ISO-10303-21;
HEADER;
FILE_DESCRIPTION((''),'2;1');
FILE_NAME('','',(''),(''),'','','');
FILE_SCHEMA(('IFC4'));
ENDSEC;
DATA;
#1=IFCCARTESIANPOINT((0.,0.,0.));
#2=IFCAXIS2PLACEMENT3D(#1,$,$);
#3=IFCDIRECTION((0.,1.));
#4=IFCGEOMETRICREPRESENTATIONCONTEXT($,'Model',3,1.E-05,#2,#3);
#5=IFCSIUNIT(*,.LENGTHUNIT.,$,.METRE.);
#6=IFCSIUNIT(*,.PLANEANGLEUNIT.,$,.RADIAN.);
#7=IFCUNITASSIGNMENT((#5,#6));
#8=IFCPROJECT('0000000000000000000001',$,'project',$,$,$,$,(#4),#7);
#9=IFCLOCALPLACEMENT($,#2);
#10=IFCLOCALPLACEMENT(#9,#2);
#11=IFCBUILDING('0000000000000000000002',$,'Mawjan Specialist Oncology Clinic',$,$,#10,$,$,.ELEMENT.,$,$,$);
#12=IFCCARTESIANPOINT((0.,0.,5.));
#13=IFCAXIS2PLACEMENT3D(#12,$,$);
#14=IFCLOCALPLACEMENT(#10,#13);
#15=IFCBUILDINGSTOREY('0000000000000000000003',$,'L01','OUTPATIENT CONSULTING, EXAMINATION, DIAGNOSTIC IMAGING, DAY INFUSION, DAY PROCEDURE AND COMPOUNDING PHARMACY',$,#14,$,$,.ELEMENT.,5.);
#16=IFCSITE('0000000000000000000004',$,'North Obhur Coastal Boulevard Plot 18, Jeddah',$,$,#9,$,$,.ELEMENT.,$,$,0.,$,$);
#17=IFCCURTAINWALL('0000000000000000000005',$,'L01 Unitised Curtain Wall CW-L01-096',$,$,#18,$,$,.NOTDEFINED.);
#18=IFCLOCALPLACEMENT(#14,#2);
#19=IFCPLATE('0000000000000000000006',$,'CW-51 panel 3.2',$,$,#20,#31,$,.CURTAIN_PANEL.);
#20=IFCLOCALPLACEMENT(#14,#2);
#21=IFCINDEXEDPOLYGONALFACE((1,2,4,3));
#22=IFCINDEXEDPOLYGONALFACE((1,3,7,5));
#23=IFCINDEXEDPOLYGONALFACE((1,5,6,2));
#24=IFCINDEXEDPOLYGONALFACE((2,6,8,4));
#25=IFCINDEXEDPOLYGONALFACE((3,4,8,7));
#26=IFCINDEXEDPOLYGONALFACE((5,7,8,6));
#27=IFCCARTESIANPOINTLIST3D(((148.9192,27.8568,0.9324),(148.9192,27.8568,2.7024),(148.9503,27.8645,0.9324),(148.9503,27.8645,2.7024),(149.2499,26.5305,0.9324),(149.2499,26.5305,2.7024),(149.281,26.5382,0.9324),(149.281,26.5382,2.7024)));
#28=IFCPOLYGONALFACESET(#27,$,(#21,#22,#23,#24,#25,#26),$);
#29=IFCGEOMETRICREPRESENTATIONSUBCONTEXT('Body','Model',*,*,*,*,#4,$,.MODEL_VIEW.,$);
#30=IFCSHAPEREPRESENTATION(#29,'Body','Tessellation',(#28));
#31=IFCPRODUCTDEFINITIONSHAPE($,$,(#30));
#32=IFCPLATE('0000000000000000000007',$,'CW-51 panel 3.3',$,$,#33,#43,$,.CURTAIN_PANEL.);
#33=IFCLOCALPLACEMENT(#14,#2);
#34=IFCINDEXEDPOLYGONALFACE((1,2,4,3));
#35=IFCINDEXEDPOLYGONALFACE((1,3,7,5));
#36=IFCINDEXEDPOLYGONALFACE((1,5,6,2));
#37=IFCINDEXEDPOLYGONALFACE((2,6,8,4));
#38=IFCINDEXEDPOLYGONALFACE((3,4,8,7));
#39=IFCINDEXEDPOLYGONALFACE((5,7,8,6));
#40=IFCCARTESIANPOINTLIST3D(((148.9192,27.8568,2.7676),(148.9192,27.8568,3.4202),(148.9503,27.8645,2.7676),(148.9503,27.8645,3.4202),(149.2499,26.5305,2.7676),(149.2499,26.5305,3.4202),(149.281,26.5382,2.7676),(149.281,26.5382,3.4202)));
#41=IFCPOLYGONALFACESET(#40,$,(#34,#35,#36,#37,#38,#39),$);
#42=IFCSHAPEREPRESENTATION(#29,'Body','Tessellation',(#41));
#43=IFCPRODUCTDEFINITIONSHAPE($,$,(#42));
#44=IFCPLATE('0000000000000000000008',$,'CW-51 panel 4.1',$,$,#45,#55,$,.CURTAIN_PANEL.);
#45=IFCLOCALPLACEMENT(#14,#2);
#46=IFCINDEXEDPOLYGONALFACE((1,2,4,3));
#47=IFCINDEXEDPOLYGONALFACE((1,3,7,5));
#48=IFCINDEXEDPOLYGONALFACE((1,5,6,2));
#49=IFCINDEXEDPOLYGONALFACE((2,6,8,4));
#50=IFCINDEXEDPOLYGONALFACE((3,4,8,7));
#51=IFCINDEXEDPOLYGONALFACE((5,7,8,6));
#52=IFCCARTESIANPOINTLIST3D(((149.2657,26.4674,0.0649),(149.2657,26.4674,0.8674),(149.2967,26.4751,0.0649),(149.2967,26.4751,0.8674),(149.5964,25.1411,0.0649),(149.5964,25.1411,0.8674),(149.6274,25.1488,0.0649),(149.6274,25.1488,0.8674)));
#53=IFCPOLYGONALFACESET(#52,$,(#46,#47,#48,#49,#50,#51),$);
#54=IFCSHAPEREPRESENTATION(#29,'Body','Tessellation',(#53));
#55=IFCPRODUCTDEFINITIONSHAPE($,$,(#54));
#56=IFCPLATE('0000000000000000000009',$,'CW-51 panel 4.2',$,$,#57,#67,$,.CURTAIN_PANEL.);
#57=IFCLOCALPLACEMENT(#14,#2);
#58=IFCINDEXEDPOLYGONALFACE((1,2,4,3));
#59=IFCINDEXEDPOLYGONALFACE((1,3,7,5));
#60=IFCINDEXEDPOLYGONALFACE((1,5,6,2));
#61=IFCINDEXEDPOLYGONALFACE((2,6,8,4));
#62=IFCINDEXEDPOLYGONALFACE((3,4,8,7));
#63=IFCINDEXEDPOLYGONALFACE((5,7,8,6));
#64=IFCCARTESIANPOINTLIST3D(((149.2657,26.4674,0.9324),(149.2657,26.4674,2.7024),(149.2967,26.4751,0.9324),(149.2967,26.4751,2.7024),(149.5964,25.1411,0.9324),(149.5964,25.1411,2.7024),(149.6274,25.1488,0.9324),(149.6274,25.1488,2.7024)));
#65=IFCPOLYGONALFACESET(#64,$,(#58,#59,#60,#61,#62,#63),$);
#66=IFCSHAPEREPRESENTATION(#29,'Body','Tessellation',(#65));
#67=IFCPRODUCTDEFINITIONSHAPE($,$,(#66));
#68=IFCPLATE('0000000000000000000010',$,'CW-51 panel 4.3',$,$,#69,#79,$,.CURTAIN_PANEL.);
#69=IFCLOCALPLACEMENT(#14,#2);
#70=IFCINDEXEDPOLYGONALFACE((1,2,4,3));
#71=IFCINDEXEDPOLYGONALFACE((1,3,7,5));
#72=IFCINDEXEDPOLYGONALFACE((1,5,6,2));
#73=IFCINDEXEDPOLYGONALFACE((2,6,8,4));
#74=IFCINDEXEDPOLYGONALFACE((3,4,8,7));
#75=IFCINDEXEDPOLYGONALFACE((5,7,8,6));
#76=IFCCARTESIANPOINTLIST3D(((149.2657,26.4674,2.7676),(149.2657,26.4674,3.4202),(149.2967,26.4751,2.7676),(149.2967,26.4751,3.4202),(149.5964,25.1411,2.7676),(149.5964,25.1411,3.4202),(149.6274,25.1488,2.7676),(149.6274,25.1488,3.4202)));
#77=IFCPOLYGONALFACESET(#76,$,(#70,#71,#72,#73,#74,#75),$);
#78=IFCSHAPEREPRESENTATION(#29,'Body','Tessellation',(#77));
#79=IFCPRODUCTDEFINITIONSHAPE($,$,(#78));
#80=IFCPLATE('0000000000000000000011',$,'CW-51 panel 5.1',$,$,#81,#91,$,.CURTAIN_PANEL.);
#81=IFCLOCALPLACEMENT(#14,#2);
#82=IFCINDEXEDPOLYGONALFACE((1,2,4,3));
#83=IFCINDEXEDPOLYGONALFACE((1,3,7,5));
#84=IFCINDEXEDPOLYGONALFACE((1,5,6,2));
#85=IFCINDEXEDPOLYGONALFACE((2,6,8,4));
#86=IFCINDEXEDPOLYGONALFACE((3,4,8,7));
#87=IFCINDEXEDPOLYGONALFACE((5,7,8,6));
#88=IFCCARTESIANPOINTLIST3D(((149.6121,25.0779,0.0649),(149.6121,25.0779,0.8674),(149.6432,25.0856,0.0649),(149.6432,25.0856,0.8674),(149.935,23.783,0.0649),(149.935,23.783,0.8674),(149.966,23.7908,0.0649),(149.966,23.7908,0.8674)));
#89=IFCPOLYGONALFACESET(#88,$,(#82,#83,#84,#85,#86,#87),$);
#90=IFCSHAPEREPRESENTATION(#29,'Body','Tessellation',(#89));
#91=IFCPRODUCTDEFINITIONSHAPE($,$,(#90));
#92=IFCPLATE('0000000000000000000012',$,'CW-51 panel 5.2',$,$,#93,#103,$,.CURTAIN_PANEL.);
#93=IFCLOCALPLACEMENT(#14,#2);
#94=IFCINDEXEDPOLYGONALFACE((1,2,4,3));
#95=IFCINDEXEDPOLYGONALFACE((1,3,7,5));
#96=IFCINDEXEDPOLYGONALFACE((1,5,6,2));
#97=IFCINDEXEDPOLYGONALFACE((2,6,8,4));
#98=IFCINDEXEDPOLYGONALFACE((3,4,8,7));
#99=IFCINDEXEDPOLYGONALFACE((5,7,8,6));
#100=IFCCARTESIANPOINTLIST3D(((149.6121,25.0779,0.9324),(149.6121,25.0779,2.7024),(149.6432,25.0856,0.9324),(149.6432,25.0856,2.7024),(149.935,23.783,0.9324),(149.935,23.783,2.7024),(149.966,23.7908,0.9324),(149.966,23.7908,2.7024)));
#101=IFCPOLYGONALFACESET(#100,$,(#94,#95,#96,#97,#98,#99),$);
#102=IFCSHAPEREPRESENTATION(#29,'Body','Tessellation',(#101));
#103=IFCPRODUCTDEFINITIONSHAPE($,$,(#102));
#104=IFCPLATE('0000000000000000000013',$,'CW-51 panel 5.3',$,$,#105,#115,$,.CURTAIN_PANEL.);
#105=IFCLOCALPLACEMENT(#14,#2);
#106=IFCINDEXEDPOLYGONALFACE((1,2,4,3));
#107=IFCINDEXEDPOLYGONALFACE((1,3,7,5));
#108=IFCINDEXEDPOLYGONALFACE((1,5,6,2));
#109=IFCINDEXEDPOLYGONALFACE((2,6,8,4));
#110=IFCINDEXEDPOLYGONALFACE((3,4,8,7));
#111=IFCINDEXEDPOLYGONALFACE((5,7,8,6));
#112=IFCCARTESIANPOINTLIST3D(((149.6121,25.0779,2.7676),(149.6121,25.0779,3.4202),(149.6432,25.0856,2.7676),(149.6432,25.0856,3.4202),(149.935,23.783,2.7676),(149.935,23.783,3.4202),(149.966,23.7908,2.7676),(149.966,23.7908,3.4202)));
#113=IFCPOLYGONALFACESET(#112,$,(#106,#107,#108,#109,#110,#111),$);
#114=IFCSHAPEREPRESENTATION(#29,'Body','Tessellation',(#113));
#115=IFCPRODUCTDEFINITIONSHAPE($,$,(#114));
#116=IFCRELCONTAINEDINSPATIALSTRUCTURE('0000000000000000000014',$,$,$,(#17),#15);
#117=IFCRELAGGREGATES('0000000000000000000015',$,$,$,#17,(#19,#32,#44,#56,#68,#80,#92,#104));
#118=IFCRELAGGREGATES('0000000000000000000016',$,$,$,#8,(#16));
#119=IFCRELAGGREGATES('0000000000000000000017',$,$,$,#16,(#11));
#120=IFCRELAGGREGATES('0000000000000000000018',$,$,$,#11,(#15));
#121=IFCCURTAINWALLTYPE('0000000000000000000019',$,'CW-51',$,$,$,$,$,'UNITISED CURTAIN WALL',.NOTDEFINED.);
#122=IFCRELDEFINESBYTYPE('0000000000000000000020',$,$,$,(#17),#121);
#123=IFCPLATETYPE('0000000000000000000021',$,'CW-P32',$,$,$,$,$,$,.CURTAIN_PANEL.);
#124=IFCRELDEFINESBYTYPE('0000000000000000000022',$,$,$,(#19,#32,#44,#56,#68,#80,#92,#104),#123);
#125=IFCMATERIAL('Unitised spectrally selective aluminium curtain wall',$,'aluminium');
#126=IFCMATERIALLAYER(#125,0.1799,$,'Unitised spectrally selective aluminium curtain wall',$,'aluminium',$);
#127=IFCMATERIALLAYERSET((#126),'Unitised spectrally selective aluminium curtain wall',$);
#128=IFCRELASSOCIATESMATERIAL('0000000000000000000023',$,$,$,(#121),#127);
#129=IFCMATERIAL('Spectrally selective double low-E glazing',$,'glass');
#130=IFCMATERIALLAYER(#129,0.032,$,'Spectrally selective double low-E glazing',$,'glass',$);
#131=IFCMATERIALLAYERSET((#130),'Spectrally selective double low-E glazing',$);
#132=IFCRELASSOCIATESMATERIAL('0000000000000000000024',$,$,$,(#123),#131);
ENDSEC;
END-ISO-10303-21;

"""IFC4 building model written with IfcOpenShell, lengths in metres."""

from ifc_helpers import new_model, si_unit, direction, frame, origin, origin_2d, place, context, subcontext, project, spatial, rectangle, extrude, material, layer, layer_set, type_object, element, aggregate, save


model = new_model("IFC4")

# Units and contexts
model_context = context("Model", 3, precision=1e-05, world=origin(), true_north=direction((0.0, 1.0)))
body_context = subcontext(model_context, "Body", "Model", "MODEL_VIEW")
ifc_project = project(units=[si_unit("LENGTHUNIT", "METRE"), si_unit("PLANEANGLEUNIT", "RADIAN")], contexts=[model_context])

# Site, building, storey
site_placement = place(None, origin())
site = spatial("IfcSite", under=ifc_project, at=site_placement, Name="North Obhur Coastal Boulevard Plot 18, Jeddah", CompositionType="ELEMENT", RefElevation=0.0)
building_placement = place(site_placement, origin())
building = spatial("IfcBuilding", under=site, at=building_placement, Name="Mawjan Specialist Oncology Clinic", CompositionType="ELEMENT")
storey_placement = place(building_placement, frame((0.0, 0.0, 5.0)))
storey = spatial("IfcBuildingStorey", under=building, at=storey_placement, Name="L01", Description="OUTPATIENT CONSULTING, EXAMINATION, DIAGNOSTIC IMAGING, DAY INFUSION, DAY PROCEDURE AND COMPOUNDING PHARMACY", CompositionType="ELEMENT", Elevation=5.0)

# Curtain wall, plates
ifc_material_1 = material(Name="Unitised spectrally selective aluminium curtain wall", Category="aluminium")
ifc_layer_1 = layer(ifc_material_1, 0.1799, Name="Unitised spectrally selective aluminium curtain wall", Category="aluminium")
ifc_layer_set_1 = layer_set([ifc_layer_1], Name="Unitised spectrally selective aluminium curtain wall")
curtain_wall_type = type_object("IfcCurtainWallType", Name="CW-51", ElementType="UNITISED CURTAIN WALL", PredefinedType="NOTDEFINED", material=ifc_layer_set_1)
curtain_wall_placement = place(storey_placement, origin())
curtain_wall = element("IfcCurtainWall", 1, at=curtain_wall_placement, inside=storey, type_object=curtain_wall_type, Name="L01 Unitised Curtain Wall CW-L01-096", PredefinedType="NOTDEFINED")
ifc_material_2 = material(Name="Spectrally selective double low-E glazing", Category="glass")
ifc_layer_2 = layer(ifc_material_2, 0.032, Name="Spectrally selective double low-E glazing", Category="glass")
ifc_layer_set_2 = layer_set([ifc_layer_2], Name="Spectrally selective double low-E glazing")
plate_type = type_object("IfcPlateType", Name="CW-P32", PredefinedType="CURTAIN_PANEL", material=ifc_layer_set_2)
plate_1_placement = place(storey_placement, frame((149.1001, 27.1975, 0.9324), z_axis=(0.0, 0.0, 1.0), x_axis=(0.241922, -0.970296, 0.0)))
plate_1 = element("IfcPlate", 2, at=plate_1_placement, type_object=plate_type, Name="CW-51 panel 3.2", PredefinedType="CURTAIN_PANEL", context=body_context, shape_type="SweptSolid", body=[
    extrude(rectangle(XDim=1.3669, YDim=0.032, at=origin_2d()), origin(), (0.0, 0.0, 1.0), 1.77),
])
plate_2_placement = place(storey_placement, frame((149.1001, 27.1975, 2.7676), z_axis=(0.0, 0.0, 1.0), x_axis=(0.241922, -0.970296, 0.0)))
plate_2 = element("IfcPlate", 3, at=plate_2_placement, type_object=plate_type, Name="CW-51 panel 3.3", PredefinedType="CURTAIN_PANEL", context=body_context, shape_type="SweptSolid", body=[
    extrude(rectangle(XDim=1.3669, YDim=0.032, at=origin_2d()), origin(), (0.0, 0.0, 1.0), 0.6526),
])
plate_3_placement = place(storey_placement, frame((149.4465, 25.8081, 0.0649), z_axis=(0.0, 0.0, 1.0), x_axis=(0.241922, -0.970296, 0.0)))
plate_3 = element("IfcPlate", 4, at=plate_3_placement, type_object=plate_type, Name="CW-51 panel 4.1", PredefinedType="CURTAIN_PANEL", context=body_context, shape_type="SweptSolid", body=[
    extrude(rectangle(XDim=1.3669, YDim=0.032, at=origin_2d()), origin(), (0.0, 0.0, 1.0), 0.8025),
])
plate_4_placement = place(storey_placement, frame((149.4465, 25.8081, 0.9324), z_axis=(0.0, 0.0, 1.0), x_axis=(0.241922, -0.970296, 0.0)))
plate_4 = element("IfcPlate", 5, at=plate_4_placement, type_object=plate_type, Name="CW-51 panel 4.2", PredefinedType="CURTAIN_PANEL", context=body_context, shape_type="SweptSolid", body=[
    extrude(rectangle(XDim=1.3669, YDim=0.032, at=origin_2d()), origin(), (0.0, 0.0, 1.0), 1.77),
])
plate_5_placement = place(storey_placement, frame((149.4465, 25.8081, 2.7676), z_axis=(0.0, 0.0, 1.0), x_axis=(0.241922, -0.970296, 0.0)))
plate_5 = element("IfcPlate", 6, at=plate_5_placement, type_object=plate_type, Name="CW-51 panel 4.3", PredefinedType="CURTAIN_PANEL", context=body_context, shape_type="SweptSolid", body=[
    extrude(rectangle(XDim=1.3669, YDim=0.032, at=origin_2d()), origin(), (0.0, 0.0, 1.0), 0.6526),
])
plate_6_placement = place(storey_placement, frame((149.7891, 24.4343, 0.0649), z_axis=(0.0, 0.0, 1.0), x_axis=(0.241922, -0.970296, 0.0)))
plate_6 = element("IfcPlate", 7, at=plate_6_placement, type_object=plate_type, Name="CW-51 panel 5.1", PredefinedType="CURTAIN_PANEL", context=body_context, shape_type="SweptSolid", body=[
    extrude(rectangle(XDim=1.3345, YDim=0.032, at=origin_2d()), origin(), (0.0, 0.0, 1.0), 0.8025),
])
plate_7_placement = place(storey_placement, frame((149.7891, 24.4343, 0.9324), z_axis=(0.0, 0.0, 1.0), x_axis=(0.241922, -0.970296, 0.0)))
plate_7 = element("IfcPlate", 8, at=plate_7_placement, type_object=plate_type, Name="CW-51 panel 5.2", PredefinedType="CURTAIN_PANEL", context=body_context, shape_type="SweptSolid", body=[
    extrude(rectangle(XDim=1.3345, YDim=0.032, at=origin_2d()), origin(), (0.0, 0.0, 1.0), 1.77),
])
plate_8_placement = place(storey_placement, frame((149.7891, 24.4343, 2.7676), z_axis=(0.0, 0.0, 1.0), x_axis=(0.241922, -0.970296, 0.0)))
plate_8 = element("IfcPlate", 9, at=plate_8_placement, type_object=plate_type, Name="CW-51 panel 5.3", PredefinedType="CURTAIN_PANEL", context=body_context, shape_type="SweptSolid", body=[
    extrude(rectangle(XDim=1.3345, YDim=0.032, at=origin_2d()), origin(), (0.0, 0.0, 1.0), 0.6526),
])
aggregate(curtain_wall, [plate_1, plate_2, plate_3, plate_4, plate_5, plate_6, plate_7, plate_8])

save(model, "model.ifc")
